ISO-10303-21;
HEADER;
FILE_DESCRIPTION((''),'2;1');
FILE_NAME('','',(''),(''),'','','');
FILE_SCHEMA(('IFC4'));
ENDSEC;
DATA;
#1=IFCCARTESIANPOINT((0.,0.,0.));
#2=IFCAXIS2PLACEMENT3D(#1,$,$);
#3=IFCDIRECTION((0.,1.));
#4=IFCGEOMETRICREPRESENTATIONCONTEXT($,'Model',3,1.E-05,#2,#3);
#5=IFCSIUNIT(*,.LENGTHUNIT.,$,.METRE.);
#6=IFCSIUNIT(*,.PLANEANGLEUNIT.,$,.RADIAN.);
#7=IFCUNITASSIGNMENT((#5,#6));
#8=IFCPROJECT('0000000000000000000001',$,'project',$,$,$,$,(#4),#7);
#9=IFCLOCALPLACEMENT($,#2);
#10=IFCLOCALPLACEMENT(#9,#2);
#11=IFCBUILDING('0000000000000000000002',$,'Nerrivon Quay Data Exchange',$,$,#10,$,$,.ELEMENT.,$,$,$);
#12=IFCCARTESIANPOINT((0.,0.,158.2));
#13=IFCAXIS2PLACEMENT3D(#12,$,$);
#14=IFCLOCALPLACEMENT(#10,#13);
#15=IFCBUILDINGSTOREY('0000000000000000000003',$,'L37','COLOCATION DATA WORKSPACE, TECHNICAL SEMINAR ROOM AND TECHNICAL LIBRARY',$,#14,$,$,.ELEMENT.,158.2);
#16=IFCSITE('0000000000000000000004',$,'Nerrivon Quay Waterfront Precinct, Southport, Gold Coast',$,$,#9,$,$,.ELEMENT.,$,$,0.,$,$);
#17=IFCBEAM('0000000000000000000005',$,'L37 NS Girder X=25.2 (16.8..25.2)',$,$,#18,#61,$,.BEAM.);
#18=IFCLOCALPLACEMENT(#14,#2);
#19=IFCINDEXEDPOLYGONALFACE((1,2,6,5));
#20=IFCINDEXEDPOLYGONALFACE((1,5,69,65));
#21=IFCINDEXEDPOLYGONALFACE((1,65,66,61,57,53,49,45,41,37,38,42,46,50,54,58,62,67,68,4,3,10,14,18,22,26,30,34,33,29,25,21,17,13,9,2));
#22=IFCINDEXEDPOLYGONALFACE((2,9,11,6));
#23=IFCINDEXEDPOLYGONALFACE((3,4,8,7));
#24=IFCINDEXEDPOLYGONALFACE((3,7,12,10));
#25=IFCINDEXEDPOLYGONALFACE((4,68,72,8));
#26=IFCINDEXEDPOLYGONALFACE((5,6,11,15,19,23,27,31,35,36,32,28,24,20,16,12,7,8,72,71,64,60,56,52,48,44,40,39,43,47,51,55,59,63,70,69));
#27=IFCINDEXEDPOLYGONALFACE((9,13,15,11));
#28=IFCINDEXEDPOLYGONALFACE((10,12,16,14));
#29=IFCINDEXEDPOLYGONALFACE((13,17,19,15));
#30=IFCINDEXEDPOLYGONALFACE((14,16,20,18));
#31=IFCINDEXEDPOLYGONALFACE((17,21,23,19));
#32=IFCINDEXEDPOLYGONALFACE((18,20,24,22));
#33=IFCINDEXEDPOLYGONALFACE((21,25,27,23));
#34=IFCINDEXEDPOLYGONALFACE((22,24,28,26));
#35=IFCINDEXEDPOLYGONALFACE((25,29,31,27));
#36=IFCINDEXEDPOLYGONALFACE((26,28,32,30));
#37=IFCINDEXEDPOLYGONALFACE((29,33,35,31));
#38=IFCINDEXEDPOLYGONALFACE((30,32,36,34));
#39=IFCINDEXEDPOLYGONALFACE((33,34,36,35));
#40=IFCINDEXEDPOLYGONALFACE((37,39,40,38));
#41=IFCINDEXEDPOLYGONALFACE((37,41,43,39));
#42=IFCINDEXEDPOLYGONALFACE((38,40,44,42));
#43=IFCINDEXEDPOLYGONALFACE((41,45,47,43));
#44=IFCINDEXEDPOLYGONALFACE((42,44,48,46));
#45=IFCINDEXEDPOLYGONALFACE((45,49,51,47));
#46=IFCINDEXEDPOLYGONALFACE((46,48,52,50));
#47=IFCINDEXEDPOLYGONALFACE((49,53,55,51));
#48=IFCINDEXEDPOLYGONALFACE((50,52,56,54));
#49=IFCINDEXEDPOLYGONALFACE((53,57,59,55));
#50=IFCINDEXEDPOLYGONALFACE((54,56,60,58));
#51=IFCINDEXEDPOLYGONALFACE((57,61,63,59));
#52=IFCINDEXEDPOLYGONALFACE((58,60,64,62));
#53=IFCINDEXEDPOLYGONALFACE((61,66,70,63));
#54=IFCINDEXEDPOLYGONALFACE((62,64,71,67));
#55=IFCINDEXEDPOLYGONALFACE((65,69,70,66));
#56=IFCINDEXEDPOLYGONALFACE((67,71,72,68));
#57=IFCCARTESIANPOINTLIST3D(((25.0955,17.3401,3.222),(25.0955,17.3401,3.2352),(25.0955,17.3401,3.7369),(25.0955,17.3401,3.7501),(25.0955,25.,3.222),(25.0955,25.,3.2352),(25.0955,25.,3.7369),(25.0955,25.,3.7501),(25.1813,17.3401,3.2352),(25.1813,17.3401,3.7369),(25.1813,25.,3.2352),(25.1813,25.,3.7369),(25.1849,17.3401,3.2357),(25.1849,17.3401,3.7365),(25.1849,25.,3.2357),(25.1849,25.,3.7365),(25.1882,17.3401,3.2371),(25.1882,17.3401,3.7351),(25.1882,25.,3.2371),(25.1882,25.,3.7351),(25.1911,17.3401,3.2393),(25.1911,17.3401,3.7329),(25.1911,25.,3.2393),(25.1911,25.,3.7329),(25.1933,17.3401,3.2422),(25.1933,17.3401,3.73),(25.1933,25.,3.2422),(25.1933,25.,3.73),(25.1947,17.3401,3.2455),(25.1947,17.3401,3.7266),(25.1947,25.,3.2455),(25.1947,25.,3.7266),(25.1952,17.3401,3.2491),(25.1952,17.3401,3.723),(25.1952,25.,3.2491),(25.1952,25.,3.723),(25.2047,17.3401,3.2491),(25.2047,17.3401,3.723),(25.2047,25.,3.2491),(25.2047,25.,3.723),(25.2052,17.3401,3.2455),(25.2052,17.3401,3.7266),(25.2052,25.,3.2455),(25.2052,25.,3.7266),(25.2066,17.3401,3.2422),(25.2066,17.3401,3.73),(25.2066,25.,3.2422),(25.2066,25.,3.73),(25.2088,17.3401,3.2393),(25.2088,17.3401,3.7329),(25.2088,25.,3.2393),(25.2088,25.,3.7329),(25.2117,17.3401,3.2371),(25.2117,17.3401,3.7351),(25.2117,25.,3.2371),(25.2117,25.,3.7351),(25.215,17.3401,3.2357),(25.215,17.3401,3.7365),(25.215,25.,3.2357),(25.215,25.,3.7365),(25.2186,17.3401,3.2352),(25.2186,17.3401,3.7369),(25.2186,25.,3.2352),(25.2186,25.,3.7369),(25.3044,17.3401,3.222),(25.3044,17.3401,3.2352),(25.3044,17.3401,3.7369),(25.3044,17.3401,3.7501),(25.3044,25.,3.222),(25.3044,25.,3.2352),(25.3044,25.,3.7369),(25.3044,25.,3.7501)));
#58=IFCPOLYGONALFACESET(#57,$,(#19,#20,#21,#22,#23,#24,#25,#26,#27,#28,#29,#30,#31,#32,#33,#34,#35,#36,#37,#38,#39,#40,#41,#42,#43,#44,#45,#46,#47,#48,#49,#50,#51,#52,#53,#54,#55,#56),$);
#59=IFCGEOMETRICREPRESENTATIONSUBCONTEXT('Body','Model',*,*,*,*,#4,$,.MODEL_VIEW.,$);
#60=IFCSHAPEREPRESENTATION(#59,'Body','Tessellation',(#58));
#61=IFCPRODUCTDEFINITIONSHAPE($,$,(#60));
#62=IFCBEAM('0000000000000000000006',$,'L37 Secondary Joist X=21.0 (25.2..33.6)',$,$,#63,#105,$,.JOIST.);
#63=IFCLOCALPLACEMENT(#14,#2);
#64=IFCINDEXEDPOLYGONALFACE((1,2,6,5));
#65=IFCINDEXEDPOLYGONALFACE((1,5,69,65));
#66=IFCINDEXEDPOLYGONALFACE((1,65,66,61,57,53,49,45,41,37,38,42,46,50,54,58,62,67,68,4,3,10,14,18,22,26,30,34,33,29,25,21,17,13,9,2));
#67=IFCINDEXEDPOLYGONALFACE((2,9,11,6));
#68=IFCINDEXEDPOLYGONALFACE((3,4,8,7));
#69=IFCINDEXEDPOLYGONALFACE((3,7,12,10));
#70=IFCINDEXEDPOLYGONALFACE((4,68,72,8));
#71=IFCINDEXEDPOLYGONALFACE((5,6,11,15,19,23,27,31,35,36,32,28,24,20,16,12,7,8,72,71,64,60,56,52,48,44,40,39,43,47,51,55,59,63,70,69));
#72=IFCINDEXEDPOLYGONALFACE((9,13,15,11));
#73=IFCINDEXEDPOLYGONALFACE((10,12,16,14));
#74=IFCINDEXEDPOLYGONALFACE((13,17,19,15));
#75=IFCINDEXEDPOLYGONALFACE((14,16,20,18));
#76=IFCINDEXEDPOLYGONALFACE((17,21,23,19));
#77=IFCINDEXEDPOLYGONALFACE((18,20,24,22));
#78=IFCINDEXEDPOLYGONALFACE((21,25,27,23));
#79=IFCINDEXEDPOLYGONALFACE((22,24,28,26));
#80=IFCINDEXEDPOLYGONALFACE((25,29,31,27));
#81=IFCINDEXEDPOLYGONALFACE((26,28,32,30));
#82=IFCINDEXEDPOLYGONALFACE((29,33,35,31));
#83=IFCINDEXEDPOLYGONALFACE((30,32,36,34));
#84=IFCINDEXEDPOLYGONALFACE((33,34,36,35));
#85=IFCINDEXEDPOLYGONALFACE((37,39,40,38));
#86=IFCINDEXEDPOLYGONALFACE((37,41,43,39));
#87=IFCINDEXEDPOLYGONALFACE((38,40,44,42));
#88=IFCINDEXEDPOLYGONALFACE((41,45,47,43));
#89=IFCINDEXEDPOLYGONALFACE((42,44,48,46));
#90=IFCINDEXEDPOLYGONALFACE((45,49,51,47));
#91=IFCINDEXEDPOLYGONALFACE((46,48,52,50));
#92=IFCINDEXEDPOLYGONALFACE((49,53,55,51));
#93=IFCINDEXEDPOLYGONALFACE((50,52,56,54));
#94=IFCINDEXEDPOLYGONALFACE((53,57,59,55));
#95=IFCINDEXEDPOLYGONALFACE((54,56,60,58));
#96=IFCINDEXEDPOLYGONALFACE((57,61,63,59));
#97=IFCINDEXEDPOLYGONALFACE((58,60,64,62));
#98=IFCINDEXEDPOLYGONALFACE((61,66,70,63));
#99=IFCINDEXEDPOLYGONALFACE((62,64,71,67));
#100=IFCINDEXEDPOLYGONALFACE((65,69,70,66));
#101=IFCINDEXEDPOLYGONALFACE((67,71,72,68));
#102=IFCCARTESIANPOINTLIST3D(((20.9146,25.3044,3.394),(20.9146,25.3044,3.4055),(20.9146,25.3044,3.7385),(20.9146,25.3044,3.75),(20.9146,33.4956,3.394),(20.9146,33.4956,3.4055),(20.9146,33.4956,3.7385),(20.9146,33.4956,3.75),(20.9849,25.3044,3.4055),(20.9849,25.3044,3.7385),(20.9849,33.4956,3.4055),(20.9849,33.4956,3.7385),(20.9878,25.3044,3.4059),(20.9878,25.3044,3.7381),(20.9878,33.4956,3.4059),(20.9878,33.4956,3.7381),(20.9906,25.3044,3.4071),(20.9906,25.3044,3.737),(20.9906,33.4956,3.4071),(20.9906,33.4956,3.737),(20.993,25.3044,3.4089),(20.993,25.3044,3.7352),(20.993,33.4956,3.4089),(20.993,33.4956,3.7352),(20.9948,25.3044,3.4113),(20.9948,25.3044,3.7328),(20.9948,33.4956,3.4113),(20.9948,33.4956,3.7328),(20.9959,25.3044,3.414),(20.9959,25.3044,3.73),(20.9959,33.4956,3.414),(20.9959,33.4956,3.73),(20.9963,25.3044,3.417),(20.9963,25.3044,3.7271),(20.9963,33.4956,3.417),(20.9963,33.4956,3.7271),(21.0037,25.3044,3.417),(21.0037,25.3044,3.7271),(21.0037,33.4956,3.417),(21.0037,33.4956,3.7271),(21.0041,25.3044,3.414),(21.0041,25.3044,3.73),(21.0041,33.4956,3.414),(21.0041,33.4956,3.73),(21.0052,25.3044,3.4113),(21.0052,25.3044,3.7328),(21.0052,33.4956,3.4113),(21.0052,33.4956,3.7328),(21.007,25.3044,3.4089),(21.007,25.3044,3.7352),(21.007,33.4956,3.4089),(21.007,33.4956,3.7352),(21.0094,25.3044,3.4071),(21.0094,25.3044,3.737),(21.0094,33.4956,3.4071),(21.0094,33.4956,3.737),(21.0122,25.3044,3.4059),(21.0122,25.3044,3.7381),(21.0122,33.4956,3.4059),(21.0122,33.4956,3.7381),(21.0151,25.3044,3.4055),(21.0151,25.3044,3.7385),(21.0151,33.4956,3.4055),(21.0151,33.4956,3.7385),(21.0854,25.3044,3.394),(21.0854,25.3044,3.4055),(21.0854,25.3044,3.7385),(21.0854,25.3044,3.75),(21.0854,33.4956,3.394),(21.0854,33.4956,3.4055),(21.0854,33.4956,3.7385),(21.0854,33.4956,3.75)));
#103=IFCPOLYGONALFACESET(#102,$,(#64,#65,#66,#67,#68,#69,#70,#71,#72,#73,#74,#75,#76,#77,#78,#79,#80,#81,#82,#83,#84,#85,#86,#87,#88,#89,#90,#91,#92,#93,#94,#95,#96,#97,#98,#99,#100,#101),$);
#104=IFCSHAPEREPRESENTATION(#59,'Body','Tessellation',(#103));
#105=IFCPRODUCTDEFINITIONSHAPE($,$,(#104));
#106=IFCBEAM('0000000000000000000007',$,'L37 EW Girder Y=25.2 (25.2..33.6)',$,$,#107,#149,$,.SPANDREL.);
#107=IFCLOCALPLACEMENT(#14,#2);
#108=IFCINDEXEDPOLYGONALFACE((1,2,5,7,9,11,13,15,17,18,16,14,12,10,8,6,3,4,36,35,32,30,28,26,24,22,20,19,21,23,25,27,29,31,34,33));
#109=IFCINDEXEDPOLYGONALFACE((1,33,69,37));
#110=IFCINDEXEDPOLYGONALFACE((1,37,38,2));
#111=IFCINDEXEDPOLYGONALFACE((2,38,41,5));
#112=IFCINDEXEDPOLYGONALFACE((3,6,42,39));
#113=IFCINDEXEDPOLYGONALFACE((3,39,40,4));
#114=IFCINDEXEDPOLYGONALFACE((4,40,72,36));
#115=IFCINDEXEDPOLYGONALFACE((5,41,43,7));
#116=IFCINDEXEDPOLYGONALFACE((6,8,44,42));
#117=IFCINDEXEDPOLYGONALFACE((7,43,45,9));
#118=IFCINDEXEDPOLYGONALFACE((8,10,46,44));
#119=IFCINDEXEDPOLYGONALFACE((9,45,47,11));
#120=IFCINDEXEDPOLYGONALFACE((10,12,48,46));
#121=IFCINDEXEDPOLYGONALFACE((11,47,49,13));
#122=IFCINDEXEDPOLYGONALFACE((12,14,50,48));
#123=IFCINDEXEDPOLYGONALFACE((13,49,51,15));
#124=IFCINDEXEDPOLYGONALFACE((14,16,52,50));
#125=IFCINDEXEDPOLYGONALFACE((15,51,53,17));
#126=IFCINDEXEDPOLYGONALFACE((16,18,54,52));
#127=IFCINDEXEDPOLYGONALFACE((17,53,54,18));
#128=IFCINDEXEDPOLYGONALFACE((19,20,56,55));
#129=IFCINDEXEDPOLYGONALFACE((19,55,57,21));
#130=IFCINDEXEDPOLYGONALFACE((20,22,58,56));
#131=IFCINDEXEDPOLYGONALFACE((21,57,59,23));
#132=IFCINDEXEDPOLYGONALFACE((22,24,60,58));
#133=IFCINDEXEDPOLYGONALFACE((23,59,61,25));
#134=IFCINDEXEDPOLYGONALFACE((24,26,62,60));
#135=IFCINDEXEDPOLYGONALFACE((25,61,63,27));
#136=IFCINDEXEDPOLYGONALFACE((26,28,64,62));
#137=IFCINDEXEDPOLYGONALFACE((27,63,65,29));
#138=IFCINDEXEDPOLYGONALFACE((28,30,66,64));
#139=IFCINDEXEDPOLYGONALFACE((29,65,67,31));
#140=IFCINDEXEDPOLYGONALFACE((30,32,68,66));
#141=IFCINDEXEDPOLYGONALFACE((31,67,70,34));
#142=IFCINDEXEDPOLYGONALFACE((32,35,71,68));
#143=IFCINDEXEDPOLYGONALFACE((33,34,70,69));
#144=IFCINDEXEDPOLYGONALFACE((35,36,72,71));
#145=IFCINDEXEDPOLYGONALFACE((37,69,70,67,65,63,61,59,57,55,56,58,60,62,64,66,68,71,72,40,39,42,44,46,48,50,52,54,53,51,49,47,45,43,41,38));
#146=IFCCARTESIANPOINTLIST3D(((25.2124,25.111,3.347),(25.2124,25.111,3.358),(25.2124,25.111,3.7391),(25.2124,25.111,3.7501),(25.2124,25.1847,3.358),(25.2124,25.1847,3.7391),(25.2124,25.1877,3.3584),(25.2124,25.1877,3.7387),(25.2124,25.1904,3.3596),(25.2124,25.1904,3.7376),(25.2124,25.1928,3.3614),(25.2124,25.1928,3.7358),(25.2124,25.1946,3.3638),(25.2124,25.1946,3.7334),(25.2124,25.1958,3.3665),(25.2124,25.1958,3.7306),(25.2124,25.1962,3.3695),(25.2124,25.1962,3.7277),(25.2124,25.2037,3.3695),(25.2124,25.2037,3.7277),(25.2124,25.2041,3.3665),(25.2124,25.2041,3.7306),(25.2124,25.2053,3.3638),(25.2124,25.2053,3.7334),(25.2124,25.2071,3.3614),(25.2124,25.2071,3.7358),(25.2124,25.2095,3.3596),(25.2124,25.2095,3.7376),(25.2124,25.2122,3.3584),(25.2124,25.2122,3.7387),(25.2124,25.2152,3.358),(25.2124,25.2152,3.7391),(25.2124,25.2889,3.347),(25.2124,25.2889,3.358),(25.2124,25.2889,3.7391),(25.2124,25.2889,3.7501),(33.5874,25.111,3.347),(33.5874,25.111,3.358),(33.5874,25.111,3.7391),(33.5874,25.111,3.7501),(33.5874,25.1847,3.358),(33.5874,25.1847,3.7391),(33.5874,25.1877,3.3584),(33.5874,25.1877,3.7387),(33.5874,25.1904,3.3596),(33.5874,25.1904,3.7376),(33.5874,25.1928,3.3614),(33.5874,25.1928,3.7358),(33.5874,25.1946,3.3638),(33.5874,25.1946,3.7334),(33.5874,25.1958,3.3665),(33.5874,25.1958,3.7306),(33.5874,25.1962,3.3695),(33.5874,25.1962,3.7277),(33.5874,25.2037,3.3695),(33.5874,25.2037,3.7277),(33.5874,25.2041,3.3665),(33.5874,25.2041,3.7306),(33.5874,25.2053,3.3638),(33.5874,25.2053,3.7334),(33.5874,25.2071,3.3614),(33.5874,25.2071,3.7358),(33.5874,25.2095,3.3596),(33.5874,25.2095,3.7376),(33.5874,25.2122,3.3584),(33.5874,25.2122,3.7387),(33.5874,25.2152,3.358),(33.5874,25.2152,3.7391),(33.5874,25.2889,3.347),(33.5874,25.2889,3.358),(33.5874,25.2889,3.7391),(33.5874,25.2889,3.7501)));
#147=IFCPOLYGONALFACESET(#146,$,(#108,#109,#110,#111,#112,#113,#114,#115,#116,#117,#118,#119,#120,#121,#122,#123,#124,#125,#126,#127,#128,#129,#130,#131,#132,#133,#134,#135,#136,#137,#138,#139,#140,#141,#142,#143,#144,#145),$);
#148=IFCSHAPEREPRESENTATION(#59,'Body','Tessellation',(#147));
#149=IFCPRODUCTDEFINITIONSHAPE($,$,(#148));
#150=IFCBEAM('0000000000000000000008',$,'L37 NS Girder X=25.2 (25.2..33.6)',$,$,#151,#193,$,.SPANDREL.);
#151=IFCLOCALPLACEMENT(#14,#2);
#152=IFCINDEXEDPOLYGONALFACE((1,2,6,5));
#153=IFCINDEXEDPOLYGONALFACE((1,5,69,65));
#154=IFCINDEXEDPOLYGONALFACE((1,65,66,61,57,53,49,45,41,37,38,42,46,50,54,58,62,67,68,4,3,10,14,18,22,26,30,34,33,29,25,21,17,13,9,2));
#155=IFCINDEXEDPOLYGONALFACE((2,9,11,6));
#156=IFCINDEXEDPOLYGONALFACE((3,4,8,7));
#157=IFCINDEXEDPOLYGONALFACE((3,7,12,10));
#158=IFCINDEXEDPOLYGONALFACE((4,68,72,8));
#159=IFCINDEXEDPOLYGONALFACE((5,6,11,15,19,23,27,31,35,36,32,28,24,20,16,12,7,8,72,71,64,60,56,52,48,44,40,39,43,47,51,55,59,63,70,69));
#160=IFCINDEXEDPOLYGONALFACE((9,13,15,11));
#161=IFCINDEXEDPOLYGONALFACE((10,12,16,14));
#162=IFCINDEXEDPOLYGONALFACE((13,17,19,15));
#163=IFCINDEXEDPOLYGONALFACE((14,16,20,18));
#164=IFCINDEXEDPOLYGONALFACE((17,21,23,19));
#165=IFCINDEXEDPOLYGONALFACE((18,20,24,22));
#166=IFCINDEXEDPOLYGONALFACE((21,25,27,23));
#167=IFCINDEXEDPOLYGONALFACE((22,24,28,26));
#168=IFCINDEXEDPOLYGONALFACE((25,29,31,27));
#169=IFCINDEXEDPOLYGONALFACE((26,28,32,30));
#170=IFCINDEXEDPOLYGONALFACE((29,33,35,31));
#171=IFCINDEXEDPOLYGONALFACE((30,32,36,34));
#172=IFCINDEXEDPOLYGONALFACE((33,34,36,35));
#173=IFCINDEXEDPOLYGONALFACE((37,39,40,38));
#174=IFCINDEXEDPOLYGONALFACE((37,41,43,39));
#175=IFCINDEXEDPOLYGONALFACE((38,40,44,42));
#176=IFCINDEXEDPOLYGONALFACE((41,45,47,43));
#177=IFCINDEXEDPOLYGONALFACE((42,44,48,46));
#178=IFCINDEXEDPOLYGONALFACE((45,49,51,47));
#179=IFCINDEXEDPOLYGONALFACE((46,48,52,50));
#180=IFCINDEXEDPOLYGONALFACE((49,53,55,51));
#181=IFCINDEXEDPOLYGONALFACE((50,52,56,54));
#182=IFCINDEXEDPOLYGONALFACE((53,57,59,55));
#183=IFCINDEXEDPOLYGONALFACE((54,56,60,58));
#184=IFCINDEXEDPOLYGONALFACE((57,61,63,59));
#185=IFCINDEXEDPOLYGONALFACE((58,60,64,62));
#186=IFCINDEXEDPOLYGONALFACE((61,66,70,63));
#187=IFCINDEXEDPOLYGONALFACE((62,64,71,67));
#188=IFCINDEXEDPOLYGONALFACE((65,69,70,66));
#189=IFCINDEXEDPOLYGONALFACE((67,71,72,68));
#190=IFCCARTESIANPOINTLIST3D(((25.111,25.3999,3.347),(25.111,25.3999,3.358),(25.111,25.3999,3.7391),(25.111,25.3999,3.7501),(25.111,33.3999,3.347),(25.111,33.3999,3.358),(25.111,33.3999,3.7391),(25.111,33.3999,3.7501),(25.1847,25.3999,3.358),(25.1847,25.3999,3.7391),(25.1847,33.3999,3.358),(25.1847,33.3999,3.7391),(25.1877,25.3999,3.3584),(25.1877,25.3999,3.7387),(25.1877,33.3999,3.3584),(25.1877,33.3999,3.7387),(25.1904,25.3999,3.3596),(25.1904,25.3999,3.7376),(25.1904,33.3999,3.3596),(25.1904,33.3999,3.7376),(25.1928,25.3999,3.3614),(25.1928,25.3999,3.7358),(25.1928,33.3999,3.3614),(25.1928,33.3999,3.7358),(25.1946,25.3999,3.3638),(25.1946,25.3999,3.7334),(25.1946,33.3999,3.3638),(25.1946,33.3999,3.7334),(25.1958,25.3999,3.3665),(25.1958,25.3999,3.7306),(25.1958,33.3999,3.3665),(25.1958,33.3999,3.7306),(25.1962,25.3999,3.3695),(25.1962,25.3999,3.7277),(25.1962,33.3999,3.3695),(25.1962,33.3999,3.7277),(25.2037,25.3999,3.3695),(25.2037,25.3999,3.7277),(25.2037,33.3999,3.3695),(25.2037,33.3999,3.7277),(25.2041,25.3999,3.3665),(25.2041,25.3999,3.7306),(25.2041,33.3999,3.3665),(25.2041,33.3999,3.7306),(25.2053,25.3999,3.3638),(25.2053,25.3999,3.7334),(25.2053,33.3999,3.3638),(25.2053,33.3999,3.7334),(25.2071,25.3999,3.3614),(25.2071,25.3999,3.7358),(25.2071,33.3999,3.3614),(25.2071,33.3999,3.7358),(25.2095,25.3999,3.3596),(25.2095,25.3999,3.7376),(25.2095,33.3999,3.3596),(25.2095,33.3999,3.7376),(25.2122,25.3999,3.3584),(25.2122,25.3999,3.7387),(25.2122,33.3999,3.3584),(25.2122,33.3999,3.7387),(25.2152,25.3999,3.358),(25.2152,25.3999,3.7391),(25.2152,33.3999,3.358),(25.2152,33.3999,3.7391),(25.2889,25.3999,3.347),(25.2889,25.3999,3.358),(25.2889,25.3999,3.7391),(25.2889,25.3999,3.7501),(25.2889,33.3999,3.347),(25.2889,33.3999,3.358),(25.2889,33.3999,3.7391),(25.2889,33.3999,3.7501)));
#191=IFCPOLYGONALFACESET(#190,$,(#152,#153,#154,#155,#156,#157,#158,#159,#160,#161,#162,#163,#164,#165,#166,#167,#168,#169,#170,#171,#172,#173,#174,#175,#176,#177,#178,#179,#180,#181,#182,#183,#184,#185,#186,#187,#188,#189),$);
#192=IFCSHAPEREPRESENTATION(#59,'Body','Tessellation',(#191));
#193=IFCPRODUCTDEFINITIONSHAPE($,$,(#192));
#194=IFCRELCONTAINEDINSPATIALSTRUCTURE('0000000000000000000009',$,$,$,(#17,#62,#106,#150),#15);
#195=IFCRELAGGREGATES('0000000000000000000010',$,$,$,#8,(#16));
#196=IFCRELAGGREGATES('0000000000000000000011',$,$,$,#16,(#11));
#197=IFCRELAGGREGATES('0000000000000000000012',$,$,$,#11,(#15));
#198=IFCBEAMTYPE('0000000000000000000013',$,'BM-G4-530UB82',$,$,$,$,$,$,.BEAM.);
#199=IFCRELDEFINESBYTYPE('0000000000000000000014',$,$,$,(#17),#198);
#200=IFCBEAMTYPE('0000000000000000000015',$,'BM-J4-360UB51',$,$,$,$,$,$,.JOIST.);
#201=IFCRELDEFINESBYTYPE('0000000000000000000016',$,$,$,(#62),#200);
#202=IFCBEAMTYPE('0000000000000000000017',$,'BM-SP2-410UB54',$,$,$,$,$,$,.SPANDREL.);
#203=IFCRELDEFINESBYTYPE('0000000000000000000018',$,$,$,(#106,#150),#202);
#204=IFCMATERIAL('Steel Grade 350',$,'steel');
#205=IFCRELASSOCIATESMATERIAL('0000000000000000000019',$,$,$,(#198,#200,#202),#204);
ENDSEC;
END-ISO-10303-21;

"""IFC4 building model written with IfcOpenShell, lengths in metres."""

from ifc_helpers import new_model, si_unit, direction, frame, origin, origin_2d, place, context, subcontext, project, spatial, i_section, extrude, material, material_profile, profile_set, type_object, element, save


model = new_model("IFC4")

# Units and contexts
model_context = context("Model", 3, precision=1e-05, world=origin(), true_north=direction((0.0, 1.0)))
body_context = subcontext(model_context, "Body", "Model", "MODEL_VIEW")
ifc_project = project(units=[si_unit("LENGTHUNIT", "METRE"), si_unit("PLANEANGLEUNIT", "RADIAN")], contexts=[model_context])

# Site, building, storey
site_placement = place(None, origin())
site = spatial("IfcSite", under=ifc_project, at=site_placement, Name="Nerrivon Quay Waterfront Precinct, Southport, Gold Coast", CompositionType="ELEMENT", RefElevation=0.0)
building_placement = place(site_placement, origin())
building = spatial("IfcBuilding", under=site, at=building_placement, Name="Nerrivon Quay Data Exchange", CompositionType="ELEMENT")
storey_placement = place(building_placement, frame((0.0, 0.0, 158.2)))
storey = spatial("IfcBuildingStorey", under=building, at=storey_placement, Name="L37", Description="COLOCATION DATA WORKSPACE, TECHNICAL SEMINAR ROOM AND TECHNICAL LIBRARY", CompositionType="ELEMENT", Elevation=158.2)

# Shared definitions
ifc_material_1 = material(Name="Steel Grade 350", Category="steel")

# Beams
ifc_material_profile_1 = material_profile(ifc_material_1, i_section(OverallWidth=0.209, OverallDepth=0.5281, WebThickness=0.0095, FlangeThickness=0.0132, FilletRadius=0.0139, at=origin_2d()), Name="530UB82.0")
ifc_profile_set_1 = profile_set([ifc_material_profile_1], Name="Steel Grade 350")
beam_type_1 = type_object("IfcBeamType", Name="BM-G4-530UB82", PredefinedType="BEAM", material=ifc_profile_set_1)
beam_1_placement = place(storey_placement, frame((25.2, 17.3401, 3.4861), z_axis=(0.0, 1.0, 0.0), x_axis=(-1.0, 0.0, 0.0)))
element("IfcBeam", 1, at=beam_1_placement, inside=storey, type_object=beam_type_1, Name="L37 NS Girder X=25.2 (16.8..25.2)", PredefinedType="BEAM", context=body_context, shape_type="SweptSolid", body=[
    extrude(i_section(OverallWidth=0.209, OverallDepth=0.5281, WebThickness=0.0095, FlangeThickness=0.0132, FilletRadius=0.0139, at=origin_2d()), origin(), (0.0, 0.0, 1.0), 7.6599),
])
ifc_material_profile_2 = material_profile(ifc_material_1, i_section(OverallWidth=0.1709, OverallDepth=0.356, WebThickness=0.0073, FlangeThickness=0.0115, FilletRadius=0.0115, at=origin_2d()), Name="360UB50.7")
ifc_profile_set_2 = profile_set([ifc_material_profile_2], Name="Steel Grade 350")
beam_type_2 = type_object("IfcBeamType", Name="BM-J4-360UB51", PredefinedType="JOIST", material=ifc_profile_set_2)
beam_2_placement = place(storey_placement, frame((21.0, 25.3044, 3.572), z_axis=(0.0, 1.0, 0.0), x_axis=(-1.0, 0.0, 0.0)))
element("IfcBeam", 2, at=beam_2_placement, inside=storey, type_object=beam_type_2, Name="L37 Secondary Joist X=21.0 (25.2..33.6)", PredefinedType="JOIST", context=body_context, shape_type="SweptSolid", body=[
    extrude(i_section(OverallWidth=0.1709, OverallDepth=0.356, WebThickness=0.0073, FlangeThickness=0.0115, FilletRadius=0.0115, at=origin_2d()), origin(), (0.0, 0.0, 1.0), 8.1912),
])
ifc_material_profile_3 = material_profile(ifc_material_1, i_section(OverallWidth=0.178, OverallDepth=0.4031, WebThickness=0.0076, FlangeThickness=0.011, FilletRadius=0.0115, at=origin_2d()), Name="410UB53.7")
ifc_profile_set_3 = profile_set([ifc_material_profile_3], Name="Steel Grade 350")
beam_type_3 = type_object("IfcBeamType", Name="BM-SP2-410UB54", PredefinedType="SPANDREL", material=ifc_profile_set_3)
beam_3_placement = place(storey_placement, frame((25.2124, 25.2, 3.5486), z_axis=(1.0, 0.0, 0.0), x_axis=(0.0, 1.0, 0.0)))
element("IfcBeam", 3, at=beam_3_placement, inside=storey, type_object=beam_type_3, Name="L37 EW Girder Y=25.2 (25.2..33.6)", PredefinedType="SPANDREL", context=body_context, shape_type="SweptSolid", body=[
    extrude(i_section(OverallWidth=0.178, OverallDepth=0.4031, WebThickness=0.0076, FlangeThickness=0.011, FilletRadius=0.0115, at=origin_2d()), origin(), (0.0, 0.0, 1.0), 8.375),
])
beam_4_placement = place(storey_placement, frame((25.2, 25.3999, 3.5486), z_axis=(0.0, 1.0, 0.0), x_axis=(-1.0, 0.0, 0.0)))
element("IfcBeam", 4, at=beam_4_placement, inside=storey, type_object=beam_type_3, Name="L37 NS Girder X=25.2 (25.2..33.6)", PredefinedType="SPANDREL", context=body_context, shape_type="SweptSolid", body=[
    extrude(i_section(OverallWidth=0.178, OverallDepth=0.4031, WebThickness=0.0076, FlangeThickness=0.011, FilletRadius=0.0115, at=origin_2d()), origin(), (0.0, 0.0, 1.0), 8.0),
])

save(model, "model.ifc")
